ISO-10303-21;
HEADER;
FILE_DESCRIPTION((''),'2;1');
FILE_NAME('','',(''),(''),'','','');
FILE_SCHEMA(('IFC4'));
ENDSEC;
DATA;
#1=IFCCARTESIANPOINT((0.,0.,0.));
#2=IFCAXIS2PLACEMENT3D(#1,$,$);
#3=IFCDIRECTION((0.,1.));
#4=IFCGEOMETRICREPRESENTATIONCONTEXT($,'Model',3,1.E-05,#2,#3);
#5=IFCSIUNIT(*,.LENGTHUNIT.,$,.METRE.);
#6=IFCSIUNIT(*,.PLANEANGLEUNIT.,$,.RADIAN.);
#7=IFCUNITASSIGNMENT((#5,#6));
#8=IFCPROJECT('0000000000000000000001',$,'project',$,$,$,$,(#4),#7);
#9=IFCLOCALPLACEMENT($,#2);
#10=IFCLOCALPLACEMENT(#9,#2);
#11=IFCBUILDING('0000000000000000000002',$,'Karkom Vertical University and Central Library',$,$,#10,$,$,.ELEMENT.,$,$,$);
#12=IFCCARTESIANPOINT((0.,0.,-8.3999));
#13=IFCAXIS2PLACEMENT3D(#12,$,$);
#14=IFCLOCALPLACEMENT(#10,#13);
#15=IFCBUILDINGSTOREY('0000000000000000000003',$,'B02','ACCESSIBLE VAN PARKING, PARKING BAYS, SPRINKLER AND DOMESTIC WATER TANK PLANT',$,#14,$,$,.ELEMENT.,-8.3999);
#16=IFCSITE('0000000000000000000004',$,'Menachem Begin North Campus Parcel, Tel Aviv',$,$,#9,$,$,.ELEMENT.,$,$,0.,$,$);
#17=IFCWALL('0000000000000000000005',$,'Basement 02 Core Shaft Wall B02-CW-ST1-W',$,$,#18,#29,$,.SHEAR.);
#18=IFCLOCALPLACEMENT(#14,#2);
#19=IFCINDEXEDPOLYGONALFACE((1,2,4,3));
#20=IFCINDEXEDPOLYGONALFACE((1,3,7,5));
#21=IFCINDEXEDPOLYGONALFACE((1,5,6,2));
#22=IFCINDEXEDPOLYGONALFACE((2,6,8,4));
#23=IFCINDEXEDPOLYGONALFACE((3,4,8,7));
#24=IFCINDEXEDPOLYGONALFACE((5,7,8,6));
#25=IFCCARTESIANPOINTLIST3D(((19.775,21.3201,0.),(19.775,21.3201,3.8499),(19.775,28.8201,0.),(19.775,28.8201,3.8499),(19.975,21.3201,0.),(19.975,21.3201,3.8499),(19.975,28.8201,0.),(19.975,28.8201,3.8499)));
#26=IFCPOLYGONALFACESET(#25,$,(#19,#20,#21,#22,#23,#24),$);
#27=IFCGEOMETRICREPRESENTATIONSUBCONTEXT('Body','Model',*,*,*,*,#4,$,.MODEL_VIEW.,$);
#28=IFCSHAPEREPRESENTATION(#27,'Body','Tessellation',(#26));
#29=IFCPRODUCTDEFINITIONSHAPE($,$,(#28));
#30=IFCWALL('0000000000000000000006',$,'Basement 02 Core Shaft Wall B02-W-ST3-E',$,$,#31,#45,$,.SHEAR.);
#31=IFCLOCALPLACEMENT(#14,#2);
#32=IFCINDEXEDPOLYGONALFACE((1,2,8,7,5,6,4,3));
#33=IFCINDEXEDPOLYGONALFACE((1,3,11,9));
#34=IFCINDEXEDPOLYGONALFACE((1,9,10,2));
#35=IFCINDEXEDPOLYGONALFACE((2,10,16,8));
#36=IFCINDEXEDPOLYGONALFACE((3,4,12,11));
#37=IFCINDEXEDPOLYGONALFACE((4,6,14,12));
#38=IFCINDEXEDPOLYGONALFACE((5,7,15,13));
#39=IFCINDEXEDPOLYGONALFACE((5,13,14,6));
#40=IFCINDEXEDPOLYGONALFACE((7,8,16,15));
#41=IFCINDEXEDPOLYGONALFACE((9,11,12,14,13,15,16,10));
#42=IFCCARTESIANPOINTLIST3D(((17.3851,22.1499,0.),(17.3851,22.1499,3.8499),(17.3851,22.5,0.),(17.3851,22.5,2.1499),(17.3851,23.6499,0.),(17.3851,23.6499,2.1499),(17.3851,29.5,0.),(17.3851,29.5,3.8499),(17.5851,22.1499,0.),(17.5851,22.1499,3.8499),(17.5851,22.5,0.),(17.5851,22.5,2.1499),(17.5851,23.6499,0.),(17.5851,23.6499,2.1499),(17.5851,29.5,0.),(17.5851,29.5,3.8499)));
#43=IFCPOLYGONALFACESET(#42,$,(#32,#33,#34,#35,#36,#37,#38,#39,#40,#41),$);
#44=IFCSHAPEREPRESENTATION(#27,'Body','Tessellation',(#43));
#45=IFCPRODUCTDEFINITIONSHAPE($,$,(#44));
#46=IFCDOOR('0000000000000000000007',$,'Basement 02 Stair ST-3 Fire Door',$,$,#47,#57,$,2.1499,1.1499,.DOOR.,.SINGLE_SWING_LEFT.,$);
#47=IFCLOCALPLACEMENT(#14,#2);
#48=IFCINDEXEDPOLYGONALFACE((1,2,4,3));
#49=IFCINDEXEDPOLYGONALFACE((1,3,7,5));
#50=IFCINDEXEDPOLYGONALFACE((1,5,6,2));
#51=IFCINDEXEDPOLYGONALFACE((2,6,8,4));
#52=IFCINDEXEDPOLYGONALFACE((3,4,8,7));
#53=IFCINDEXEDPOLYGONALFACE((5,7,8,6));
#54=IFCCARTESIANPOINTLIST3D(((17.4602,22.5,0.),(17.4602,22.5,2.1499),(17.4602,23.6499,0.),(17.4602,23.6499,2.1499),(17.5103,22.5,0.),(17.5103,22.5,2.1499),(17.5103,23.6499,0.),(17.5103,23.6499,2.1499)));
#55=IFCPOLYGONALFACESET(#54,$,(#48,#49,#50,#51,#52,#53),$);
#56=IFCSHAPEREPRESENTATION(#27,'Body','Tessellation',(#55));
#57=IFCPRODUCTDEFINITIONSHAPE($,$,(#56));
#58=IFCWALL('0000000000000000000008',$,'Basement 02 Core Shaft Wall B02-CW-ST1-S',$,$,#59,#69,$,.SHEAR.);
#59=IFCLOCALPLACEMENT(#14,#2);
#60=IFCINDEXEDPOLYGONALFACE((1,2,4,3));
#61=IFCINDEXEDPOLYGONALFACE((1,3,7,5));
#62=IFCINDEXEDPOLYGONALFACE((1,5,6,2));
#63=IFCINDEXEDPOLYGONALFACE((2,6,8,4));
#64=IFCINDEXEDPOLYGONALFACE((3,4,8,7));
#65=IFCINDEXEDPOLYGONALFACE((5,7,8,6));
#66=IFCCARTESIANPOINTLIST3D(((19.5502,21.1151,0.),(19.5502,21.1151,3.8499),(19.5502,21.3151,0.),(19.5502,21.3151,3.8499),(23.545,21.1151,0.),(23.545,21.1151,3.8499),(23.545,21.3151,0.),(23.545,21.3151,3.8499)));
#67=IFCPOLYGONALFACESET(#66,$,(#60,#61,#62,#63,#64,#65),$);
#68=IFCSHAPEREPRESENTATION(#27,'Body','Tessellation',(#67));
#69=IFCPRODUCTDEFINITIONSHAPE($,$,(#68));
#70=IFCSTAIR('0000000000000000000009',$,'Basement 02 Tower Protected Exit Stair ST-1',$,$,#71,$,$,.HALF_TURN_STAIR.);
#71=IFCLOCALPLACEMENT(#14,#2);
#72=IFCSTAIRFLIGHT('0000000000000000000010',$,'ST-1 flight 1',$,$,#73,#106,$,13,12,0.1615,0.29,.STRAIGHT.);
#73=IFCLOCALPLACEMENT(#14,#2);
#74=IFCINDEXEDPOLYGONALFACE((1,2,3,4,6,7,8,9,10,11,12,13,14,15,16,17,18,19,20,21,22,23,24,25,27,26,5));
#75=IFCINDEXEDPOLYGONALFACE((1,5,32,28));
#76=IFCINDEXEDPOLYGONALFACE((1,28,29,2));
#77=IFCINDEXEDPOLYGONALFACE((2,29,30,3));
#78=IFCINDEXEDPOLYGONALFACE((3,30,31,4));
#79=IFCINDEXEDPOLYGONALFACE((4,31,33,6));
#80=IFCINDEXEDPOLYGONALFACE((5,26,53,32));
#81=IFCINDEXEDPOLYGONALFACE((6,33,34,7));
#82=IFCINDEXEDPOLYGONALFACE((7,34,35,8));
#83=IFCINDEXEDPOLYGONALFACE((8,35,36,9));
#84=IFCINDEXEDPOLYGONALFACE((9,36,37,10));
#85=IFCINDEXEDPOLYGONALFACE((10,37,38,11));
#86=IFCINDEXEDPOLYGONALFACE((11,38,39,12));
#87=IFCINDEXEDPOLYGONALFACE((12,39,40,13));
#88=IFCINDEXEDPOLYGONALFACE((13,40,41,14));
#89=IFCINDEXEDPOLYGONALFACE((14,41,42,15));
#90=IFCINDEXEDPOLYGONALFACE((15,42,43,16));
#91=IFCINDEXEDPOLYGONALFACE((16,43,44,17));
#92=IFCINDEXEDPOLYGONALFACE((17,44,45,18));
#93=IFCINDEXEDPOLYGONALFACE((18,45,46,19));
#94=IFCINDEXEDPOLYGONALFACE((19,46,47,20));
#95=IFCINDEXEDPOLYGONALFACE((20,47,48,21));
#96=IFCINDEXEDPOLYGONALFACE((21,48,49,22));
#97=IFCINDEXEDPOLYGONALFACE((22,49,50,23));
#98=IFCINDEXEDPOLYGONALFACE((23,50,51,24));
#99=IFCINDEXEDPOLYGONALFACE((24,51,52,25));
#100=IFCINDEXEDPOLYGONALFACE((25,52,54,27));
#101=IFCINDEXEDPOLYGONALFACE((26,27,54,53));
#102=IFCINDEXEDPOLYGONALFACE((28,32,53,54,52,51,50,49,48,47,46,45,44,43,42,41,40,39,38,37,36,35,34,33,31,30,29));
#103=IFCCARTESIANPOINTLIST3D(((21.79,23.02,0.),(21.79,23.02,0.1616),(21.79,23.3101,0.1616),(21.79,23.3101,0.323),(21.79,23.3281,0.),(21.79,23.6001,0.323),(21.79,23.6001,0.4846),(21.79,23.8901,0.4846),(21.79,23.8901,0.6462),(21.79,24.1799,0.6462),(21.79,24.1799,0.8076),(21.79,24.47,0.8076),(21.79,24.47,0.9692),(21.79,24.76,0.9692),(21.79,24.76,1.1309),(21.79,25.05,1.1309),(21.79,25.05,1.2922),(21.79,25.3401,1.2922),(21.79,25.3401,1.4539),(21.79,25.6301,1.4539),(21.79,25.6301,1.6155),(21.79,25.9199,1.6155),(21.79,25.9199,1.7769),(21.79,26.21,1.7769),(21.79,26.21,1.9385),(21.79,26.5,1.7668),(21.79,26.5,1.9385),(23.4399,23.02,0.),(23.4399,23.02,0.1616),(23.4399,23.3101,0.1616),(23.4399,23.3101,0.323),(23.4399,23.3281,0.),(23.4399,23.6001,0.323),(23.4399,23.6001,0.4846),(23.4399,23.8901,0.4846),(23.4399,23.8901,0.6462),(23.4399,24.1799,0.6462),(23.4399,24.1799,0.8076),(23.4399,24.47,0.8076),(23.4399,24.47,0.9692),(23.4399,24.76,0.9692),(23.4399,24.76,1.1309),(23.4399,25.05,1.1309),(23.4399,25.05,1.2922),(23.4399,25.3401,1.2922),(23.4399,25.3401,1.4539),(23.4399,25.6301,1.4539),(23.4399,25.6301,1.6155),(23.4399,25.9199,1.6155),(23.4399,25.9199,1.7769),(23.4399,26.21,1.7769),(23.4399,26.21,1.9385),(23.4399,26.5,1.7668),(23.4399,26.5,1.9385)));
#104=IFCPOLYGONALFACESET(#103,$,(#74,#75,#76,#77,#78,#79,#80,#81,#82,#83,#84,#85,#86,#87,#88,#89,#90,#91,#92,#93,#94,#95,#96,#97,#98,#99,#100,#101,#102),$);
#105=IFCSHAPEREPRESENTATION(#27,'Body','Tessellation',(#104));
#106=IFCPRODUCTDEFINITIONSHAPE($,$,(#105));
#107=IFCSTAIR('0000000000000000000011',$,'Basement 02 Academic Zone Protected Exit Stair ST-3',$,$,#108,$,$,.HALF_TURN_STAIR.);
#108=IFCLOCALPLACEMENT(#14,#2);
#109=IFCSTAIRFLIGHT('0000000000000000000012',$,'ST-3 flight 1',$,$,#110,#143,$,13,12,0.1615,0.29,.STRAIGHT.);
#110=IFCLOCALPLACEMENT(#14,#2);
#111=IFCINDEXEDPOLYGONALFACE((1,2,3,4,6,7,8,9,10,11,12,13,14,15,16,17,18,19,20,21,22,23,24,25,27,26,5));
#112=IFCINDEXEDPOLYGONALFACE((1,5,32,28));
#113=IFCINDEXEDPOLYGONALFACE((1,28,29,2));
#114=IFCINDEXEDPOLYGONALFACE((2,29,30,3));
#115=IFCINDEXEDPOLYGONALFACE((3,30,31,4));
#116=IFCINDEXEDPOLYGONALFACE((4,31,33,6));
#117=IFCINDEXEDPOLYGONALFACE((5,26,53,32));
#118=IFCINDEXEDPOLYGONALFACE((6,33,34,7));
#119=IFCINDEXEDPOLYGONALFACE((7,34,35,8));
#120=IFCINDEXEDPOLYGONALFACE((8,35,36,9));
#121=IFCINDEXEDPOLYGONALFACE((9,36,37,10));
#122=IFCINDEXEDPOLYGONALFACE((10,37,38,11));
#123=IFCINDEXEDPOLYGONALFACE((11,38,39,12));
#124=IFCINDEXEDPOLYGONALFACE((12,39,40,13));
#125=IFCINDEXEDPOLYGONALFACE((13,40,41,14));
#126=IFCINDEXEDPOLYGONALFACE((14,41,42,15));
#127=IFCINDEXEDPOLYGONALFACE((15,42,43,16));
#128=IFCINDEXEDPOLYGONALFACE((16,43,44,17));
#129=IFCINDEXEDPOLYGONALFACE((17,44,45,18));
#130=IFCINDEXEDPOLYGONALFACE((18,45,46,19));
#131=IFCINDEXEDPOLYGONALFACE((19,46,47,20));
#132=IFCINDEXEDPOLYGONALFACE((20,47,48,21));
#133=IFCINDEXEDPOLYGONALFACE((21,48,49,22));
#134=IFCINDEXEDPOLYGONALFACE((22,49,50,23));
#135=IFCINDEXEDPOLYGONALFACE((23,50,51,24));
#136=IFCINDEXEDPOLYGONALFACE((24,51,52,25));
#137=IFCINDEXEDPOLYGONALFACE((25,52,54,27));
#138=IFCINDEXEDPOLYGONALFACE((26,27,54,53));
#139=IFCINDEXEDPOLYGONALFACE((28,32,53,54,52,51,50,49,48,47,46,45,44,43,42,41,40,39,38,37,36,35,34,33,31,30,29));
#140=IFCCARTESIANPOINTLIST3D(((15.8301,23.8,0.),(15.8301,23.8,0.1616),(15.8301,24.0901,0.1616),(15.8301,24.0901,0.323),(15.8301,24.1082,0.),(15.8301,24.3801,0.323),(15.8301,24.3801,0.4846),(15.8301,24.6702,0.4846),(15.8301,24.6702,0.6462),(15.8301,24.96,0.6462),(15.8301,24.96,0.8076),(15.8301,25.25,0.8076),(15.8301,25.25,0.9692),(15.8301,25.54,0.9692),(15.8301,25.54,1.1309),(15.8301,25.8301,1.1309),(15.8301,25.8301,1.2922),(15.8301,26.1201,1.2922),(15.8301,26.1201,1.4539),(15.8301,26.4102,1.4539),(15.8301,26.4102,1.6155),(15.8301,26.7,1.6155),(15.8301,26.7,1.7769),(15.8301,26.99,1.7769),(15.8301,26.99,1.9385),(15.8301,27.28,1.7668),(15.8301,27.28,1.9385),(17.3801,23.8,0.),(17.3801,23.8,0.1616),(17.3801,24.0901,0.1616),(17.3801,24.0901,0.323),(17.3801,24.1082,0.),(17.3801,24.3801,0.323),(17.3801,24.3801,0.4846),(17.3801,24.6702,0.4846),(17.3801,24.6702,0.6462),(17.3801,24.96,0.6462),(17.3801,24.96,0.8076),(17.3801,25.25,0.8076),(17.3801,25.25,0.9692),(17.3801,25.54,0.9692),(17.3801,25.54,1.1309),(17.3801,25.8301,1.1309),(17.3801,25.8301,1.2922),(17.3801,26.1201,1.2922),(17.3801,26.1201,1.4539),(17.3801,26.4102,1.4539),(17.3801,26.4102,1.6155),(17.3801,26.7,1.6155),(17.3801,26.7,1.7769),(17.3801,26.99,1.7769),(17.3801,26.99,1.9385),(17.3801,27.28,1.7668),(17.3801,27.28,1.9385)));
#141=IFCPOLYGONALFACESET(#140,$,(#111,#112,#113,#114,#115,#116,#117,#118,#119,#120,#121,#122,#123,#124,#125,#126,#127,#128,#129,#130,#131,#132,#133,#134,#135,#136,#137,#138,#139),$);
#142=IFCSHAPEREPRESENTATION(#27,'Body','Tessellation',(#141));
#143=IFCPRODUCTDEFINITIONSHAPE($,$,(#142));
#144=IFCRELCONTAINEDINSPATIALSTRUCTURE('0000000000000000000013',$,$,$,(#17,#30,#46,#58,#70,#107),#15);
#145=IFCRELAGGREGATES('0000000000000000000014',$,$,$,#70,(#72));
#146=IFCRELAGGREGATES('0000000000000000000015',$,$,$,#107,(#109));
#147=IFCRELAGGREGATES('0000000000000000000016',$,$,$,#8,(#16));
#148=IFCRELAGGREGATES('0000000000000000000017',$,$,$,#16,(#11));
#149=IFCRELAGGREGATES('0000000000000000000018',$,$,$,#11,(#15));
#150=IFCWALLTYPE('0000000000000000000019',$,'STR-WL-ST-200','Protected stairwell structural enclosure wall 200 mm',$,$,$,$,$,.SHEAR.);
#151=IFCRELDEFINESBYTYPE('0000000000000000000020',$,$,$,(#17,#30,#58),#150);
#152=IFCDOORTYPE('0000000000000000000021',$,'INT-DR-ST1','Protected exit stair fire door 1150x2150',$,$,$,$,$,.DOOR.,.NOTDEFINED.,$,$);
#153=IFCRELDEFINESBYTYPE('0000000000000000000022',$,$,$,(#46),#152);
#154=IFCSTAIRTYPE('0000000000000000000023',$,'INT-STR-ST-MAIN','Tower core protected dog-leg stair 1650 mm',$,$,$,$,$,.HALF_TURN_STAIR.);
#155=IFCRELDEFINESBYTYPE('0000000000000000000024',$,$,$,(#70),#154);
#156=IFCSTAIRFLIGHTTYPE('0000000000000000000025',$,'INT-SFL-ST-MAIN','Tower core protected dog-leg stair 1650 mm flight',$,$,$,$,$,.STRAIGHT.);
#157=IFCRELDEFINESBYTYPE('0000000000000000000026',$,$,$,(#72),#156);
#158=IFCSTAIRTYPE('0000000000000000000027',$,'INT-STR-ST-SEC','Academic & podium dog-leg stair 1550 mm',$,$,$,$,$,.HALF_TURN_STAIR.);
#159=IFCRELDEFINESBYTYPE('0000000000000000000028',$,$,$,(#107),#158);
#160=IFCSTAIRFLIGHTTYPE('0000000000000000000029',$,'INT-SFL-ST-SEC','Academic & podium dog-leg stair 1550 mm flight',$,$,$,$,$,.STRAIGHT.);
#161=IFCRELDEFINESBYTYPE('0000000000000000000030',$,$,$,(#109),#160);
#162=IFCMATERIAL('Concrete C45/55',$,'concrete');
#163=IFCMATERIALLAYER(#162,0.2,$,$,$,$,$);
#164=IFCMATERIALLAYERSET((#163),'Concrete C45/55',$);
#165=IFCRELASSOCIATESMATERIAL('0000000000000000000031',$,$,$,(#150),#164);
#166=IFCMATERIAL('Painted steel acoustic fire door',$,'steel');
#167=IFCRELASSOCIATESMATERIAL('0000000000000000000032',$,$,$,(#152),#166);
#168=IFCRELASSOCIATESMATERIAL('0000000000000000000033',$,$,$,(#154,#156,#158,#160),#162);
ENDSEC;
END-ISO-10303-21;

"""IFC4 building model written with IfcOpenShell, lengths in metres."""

from ifc_helpers import new_model, si_unit, direction, frame, frame_2d, origin, origin_with_axes, place, context, subcontext, project, spatial, polyline, rectangle, outline, extrude, source, transform, mapped, material, layer, layer_set, type_object, element, fill, aggregate, save


model = new_model("IFC4")

# Units and contexts
model_context = context("Model", 3, precision=1e-05, world=origin(), true_north=direction((0.0, 1.0)))
body_context = subcontext(model_context, "Body", "Model", "MODEL_VIEW")
ifc_project = project(units=[si_unit("LENGTHUNIT", "METRE"), si_unit("PLANEANGLEUNIT", "RADIAN")], contexts=[model_context])

# Site, building, storey
site_placement = place(None, origin())
site = spatial("IfcSite", under=ifc_project, at=site_placement, Name="Menachem Begin North Campus Parcel, Tel Aviv", CompositionType="ELEMENT", RefElevation=0.0)
building_placement = place(site_placement, origin())
building = spatial("IfcBuilding", under=site, at=building_placement, Name="Karkom Vertical University and Central Library", CompositionType="ELEMENT")
storey_placement = place(building_placement, frame((0.0, 0.0, -8.3999)))
storey = spatial("IfcBuildingStorey", under=building, at=storey_placement, Name="B02", Description="ACCESSIBLE VAN PARKING, PARKING BAYS, SPRINKLER AND DOMESTIC WATER TANK PLANT", CompositionType="ELEMENT", Elevation=-8.3999)

# Shared definitions
ifc_material_1 = material(Name="Concrete C45/55", Category="concrete")
ifc_layer_1 = layer(ifc_material_1, 0.2)
ifc_layer_set_1 = layer_set([ifc_layer_1], Name="Concrete C45/55")
wall_type_1 = type_object("IfcWallType", Name="STR-WL-ST-200", Description="Protected stairwell structural enclosure wall 200 mm", PredefinedType="SHEAR", material=ifc_layer_set_1)

# Wall
wall_1_placement = place(storey_placement, frame((19.875, 21.3201, 0.0), z_axis=(0.0, 0.0, 1.0), x_axis=(0.0, 1.0, 0.0)))
element("IfcWall", 1, at=wall_1_placement, inside=storey, type_object=wall_type_1, Name="Basement 02 Core Shaft Wall B02-CW-ST1-W", PredefinedType="SHEAR", context=body_context, shape_type="SweptSolid", body=[
    extrude(rectangle(XDim=7.5, YDim=0.2, at=frame_2d((3.75, 0.0))), origin(), (0.0, 0.0, 1.0), 3.8499),
])

# Wall, opening, door
wall_2_placement = place(storey_placement, frame((17.4851, 22.1499, 0.0), z_axis=(0.0, 0.0, 1.0), x_axis=(0.0, 1.0, 0.0)))
wall_2 = element("IfcWall", 2, at=wall_2_placement, inside=storey, type_object=wall_type_1, Name="Basement 02 Core Shaft Wall B02-W-ST3-E", PredefinedType="SHEAR", context=body_context, shape_type="SweptSolid", body=[
    extrude(rectangle(XDim=7.3501, YDim=0.2, at=frame_2d((3.675, 0.0))), origin(), (0.0, 0.0, 1.0), 3.8499),
])
opening_1_placement = place(wall_2_placement, frame((0.3501, 0.0, 0.0)))
opening_1 = element("IfcOpeningElement", 3, at=opening_1_placement, cuts=wall_2, PredefinedType="OPENING", context=body_context, shape_type="SweptSolid", body=[
    extrude(rectangle(XDim=1.1499, YDim=2.1499, at=frame_2d((0.575, 1.075))), frame((0.0, 0.1099, 0.0), z_axis=(0.0, -1.0, 0.0), x_axis=(1.0, 0.0, 0.0)), (0.0, 0.0, 1.0), 0.22),
])
ifc_material_2 = material(Name="Painted steel acoustic fire door", Category="steel")
door_type_1 = type_object("IfcDoorType", Name="INT-DR-ST1", Description="Protected exit stair fire door 1150x2150", OperationType="NOTDEFINED", PredefinedType="DOOR", material=ifc_material_2)
shared_shape_1 = source(origin_with_axes(), body_context, "Body", "SweptSolid", [
    extrude(rectangle(XDim=1.1499, YDim=2.1499, at=frame_2d((0.575, 1.075))), frame((0.0, 0.0249, 0.0), z_axis=(0.0, -1.0, 0.0), x_axis=(1.0, 0.0, 0.0)), (0.0, 0.0, 1.0), 0.05),
])
door_1_placement = place(opening_1_placement, origin())
door_1 = element("IfcDoor", 4, at=door_1_placement, inside=storey, type_object=door_type_1, Name="Basement 02 Stair ST-3 Fire Door", OperationType="SINGLE_SWING_LEFT", OverallHeight=2.1499, OverallWidth=1.1499, PredefinedType="DOOR", context=body_context, shape_type="MappedRepresentation", body=[
    mapped(shared_shape_1, transform((0.0, 0.0, 0.0), scale=1.0)),
])
fill(opening_1, door_1)

# Wall
wall_3_placement = place(storey_placement, frame((19.55, 21.2151, 0.0), z_axis=(0.0, 0.0, 1.0), x_axis=(1.0, 0.0, 0.0)))
element("IfcWall", 5, at=wall_3_placement, inside=storey, type_object=wall_type_1, Name="Basement 02 Core Shaft Wall B02-CW-ST1-S", PredefinedType="SHEAR", context=body_context, shape_type="SweptSolid", body=[
    extrude(rectangle(XDim=3.9949, YDim=0.2, at=frame_2d((1.9976, 0.0))), origin(), (0.0, 0.0, 1.0), 3.8499),
])

# Stairs, stair flights
stair_type_1 = type_object("IfcStairType", Name="INT-STR-ST-MAIN", Description="Tower core protected dog-leg stair 1650 mm", PredefinedType="HALF_TURN_STAIR", material=ifc_material_1)
stair_1_placement = place(storey_placement, origin())
stair_1 = element("IfcStair", 6, at=stair_1_placement, inside=storey, type_object=stair_type_1, Name="Basement 02 Tower Protected Exit Stair ST-1", PredefinedType="HALF_TURN_STAIR")
stair_flight_type_1 = type_object("IfcStairFlightType", Name="INT-SFL-ST-MAIN", Description="Tower core protected dog-leg stair 1650 mm flight", PredefinedType="STRAIGHT", material=ifc_material_1)
stair_flight_1_placement = place(storey_placement, frame((22.615, 23.02, 0.0), z_axis=(0.0, 0.0, 1.0), x_axis=(0.0, 1.0, 0.0)))
stair_flight_1 = element("IfcStairFlight", 7, at=stair_flight_1_placement, type_object=stair_flight_type_1, Name="ST-1 flight 1", NumberOfRisers=13, NumberOfTreads=12, PredefinedType="STRAIGHT", RiserHeight=0.1615, TreadLength=0.29, context=body_context, shape_type="SweptSolid", body=[
    extrude(outline(polyline([(0.0, 0.0), (0.0, 0.1616), (0.29, 0.1616), (0.29, 0.323), (0.5801, 0.323), (0.5801, 0.4846), (0.8701, 0.4846), (0.8701, 0.6462), (1.1599, 0.6462), (1.1599, 0.8076), (1.45, 0.8076), (1.45, 0.9692), (1.74, 0.9692), (1.74, 1.1309), (2.03, 1.1309), (2.03, 1.2922), (2.3201, 1.2922), (2.3201, 1.4539), (2.6101, 1.4539), (2.6101, 1.6155), (2.8999, 1.6155), (2.8999, 1.7769), (3.1899, 1.7769), (3.1899, 1.9385), (3.48, 1.9385), (3.48, 2.1001), (3.48, 1.7668), (0.3081, 0.0), (0.0, 0.0)])), frame((0.0, 0.825, 0.0), z_axis=(0.0, -1.0, 0.0), x_axis=(1.0, 0.0, 0.0)), (0.0, 0.0, 1.0), 1.6499),
])
aggregate(stair_1, [stair_flight_1])
stair_type_2 = type_object("IfcStairType", Name="INT-STR-ST-SEC", Description="Academic & podium dog-leg stair 1550 mm", PredefinedType="HALF_TURN_STAIR", material=ifc_material_1)
stair_2_placement = place(storey_placement, origin())
stair_2 = element("IfcStair", 8, at=stair_2_placement, inside=storey, type_object=stair_type_2, Name="Basement 02 Academic Zone Protected Exit Stair ST-3", PredefinedType="HALF_TURN_STAIR")
stair_flight_type_2 = type_object("IfcStairFlightType", Name="INT-SFL-ST-SEC", Description="Academic & podium dog-leg stair 1550 mm flight", PredefinedType="STRAIGHT", material=ifc_material_1)
stair_flight_2_placement = place(storey_placement, frame((16.605, 23.8, 0.0), z_axis=(0.0, 0.0, 1.0), x_axis=(0.0, 1.0, 0.0)))
stair_flight_2 = element("IfcStairFlight", 9, at=stair_flight_2_placement, type_object=stair_flight_type_2, Name="ST-3 flight 1", NumberOfRisers=13, NumberOfTreads=12, PredefinedType="STRAIGHT", RiserHeight=0.1615, TreadLength=0.29, context=body_context, shape_type="SweptSolid", body=[
    extrude(outline(polyline([(0.0, 0.0), (0.0, 0.1616), (0.29, 0.1616), (0.29, 0.323), (0.5801, 0.323), (0.5801, 0.4846), (0.8701, 0.4846), (0.8701, 0.6462), (1.1599, 0.6462), (1.1599, 0.8076), (1.45, 0.8076), (1.45, 0.9692), (1.74, 0.9692), (1.74, 1.1309), (2.03, 1.1309), (2.03, 1.2922), (2.3201, 1.2922), (2.3201, 1.4539), (2.6101, 1.4539), (2.6101, 1.6155), (2.8999, 1.6155), (2.8999, 1.7769), (3.1899, 1.7769), (3.1899, 1.9385), (3.48, 1.9385), (3.48, 2.1001), (3.48, 1.7668), (0.3081, 0.0), (0.0, 0.0)])), frame((0.0, 0.7749, 0.0), z_axis=(0.0, -1.0, 0.0), x_axis=(1.0, 0.0, 0.0)), (0.0, 0.0, 1.0), 1.55),
])
aggregate(stair_2, [stair_flight_2])

save(model, "model.ifc")
